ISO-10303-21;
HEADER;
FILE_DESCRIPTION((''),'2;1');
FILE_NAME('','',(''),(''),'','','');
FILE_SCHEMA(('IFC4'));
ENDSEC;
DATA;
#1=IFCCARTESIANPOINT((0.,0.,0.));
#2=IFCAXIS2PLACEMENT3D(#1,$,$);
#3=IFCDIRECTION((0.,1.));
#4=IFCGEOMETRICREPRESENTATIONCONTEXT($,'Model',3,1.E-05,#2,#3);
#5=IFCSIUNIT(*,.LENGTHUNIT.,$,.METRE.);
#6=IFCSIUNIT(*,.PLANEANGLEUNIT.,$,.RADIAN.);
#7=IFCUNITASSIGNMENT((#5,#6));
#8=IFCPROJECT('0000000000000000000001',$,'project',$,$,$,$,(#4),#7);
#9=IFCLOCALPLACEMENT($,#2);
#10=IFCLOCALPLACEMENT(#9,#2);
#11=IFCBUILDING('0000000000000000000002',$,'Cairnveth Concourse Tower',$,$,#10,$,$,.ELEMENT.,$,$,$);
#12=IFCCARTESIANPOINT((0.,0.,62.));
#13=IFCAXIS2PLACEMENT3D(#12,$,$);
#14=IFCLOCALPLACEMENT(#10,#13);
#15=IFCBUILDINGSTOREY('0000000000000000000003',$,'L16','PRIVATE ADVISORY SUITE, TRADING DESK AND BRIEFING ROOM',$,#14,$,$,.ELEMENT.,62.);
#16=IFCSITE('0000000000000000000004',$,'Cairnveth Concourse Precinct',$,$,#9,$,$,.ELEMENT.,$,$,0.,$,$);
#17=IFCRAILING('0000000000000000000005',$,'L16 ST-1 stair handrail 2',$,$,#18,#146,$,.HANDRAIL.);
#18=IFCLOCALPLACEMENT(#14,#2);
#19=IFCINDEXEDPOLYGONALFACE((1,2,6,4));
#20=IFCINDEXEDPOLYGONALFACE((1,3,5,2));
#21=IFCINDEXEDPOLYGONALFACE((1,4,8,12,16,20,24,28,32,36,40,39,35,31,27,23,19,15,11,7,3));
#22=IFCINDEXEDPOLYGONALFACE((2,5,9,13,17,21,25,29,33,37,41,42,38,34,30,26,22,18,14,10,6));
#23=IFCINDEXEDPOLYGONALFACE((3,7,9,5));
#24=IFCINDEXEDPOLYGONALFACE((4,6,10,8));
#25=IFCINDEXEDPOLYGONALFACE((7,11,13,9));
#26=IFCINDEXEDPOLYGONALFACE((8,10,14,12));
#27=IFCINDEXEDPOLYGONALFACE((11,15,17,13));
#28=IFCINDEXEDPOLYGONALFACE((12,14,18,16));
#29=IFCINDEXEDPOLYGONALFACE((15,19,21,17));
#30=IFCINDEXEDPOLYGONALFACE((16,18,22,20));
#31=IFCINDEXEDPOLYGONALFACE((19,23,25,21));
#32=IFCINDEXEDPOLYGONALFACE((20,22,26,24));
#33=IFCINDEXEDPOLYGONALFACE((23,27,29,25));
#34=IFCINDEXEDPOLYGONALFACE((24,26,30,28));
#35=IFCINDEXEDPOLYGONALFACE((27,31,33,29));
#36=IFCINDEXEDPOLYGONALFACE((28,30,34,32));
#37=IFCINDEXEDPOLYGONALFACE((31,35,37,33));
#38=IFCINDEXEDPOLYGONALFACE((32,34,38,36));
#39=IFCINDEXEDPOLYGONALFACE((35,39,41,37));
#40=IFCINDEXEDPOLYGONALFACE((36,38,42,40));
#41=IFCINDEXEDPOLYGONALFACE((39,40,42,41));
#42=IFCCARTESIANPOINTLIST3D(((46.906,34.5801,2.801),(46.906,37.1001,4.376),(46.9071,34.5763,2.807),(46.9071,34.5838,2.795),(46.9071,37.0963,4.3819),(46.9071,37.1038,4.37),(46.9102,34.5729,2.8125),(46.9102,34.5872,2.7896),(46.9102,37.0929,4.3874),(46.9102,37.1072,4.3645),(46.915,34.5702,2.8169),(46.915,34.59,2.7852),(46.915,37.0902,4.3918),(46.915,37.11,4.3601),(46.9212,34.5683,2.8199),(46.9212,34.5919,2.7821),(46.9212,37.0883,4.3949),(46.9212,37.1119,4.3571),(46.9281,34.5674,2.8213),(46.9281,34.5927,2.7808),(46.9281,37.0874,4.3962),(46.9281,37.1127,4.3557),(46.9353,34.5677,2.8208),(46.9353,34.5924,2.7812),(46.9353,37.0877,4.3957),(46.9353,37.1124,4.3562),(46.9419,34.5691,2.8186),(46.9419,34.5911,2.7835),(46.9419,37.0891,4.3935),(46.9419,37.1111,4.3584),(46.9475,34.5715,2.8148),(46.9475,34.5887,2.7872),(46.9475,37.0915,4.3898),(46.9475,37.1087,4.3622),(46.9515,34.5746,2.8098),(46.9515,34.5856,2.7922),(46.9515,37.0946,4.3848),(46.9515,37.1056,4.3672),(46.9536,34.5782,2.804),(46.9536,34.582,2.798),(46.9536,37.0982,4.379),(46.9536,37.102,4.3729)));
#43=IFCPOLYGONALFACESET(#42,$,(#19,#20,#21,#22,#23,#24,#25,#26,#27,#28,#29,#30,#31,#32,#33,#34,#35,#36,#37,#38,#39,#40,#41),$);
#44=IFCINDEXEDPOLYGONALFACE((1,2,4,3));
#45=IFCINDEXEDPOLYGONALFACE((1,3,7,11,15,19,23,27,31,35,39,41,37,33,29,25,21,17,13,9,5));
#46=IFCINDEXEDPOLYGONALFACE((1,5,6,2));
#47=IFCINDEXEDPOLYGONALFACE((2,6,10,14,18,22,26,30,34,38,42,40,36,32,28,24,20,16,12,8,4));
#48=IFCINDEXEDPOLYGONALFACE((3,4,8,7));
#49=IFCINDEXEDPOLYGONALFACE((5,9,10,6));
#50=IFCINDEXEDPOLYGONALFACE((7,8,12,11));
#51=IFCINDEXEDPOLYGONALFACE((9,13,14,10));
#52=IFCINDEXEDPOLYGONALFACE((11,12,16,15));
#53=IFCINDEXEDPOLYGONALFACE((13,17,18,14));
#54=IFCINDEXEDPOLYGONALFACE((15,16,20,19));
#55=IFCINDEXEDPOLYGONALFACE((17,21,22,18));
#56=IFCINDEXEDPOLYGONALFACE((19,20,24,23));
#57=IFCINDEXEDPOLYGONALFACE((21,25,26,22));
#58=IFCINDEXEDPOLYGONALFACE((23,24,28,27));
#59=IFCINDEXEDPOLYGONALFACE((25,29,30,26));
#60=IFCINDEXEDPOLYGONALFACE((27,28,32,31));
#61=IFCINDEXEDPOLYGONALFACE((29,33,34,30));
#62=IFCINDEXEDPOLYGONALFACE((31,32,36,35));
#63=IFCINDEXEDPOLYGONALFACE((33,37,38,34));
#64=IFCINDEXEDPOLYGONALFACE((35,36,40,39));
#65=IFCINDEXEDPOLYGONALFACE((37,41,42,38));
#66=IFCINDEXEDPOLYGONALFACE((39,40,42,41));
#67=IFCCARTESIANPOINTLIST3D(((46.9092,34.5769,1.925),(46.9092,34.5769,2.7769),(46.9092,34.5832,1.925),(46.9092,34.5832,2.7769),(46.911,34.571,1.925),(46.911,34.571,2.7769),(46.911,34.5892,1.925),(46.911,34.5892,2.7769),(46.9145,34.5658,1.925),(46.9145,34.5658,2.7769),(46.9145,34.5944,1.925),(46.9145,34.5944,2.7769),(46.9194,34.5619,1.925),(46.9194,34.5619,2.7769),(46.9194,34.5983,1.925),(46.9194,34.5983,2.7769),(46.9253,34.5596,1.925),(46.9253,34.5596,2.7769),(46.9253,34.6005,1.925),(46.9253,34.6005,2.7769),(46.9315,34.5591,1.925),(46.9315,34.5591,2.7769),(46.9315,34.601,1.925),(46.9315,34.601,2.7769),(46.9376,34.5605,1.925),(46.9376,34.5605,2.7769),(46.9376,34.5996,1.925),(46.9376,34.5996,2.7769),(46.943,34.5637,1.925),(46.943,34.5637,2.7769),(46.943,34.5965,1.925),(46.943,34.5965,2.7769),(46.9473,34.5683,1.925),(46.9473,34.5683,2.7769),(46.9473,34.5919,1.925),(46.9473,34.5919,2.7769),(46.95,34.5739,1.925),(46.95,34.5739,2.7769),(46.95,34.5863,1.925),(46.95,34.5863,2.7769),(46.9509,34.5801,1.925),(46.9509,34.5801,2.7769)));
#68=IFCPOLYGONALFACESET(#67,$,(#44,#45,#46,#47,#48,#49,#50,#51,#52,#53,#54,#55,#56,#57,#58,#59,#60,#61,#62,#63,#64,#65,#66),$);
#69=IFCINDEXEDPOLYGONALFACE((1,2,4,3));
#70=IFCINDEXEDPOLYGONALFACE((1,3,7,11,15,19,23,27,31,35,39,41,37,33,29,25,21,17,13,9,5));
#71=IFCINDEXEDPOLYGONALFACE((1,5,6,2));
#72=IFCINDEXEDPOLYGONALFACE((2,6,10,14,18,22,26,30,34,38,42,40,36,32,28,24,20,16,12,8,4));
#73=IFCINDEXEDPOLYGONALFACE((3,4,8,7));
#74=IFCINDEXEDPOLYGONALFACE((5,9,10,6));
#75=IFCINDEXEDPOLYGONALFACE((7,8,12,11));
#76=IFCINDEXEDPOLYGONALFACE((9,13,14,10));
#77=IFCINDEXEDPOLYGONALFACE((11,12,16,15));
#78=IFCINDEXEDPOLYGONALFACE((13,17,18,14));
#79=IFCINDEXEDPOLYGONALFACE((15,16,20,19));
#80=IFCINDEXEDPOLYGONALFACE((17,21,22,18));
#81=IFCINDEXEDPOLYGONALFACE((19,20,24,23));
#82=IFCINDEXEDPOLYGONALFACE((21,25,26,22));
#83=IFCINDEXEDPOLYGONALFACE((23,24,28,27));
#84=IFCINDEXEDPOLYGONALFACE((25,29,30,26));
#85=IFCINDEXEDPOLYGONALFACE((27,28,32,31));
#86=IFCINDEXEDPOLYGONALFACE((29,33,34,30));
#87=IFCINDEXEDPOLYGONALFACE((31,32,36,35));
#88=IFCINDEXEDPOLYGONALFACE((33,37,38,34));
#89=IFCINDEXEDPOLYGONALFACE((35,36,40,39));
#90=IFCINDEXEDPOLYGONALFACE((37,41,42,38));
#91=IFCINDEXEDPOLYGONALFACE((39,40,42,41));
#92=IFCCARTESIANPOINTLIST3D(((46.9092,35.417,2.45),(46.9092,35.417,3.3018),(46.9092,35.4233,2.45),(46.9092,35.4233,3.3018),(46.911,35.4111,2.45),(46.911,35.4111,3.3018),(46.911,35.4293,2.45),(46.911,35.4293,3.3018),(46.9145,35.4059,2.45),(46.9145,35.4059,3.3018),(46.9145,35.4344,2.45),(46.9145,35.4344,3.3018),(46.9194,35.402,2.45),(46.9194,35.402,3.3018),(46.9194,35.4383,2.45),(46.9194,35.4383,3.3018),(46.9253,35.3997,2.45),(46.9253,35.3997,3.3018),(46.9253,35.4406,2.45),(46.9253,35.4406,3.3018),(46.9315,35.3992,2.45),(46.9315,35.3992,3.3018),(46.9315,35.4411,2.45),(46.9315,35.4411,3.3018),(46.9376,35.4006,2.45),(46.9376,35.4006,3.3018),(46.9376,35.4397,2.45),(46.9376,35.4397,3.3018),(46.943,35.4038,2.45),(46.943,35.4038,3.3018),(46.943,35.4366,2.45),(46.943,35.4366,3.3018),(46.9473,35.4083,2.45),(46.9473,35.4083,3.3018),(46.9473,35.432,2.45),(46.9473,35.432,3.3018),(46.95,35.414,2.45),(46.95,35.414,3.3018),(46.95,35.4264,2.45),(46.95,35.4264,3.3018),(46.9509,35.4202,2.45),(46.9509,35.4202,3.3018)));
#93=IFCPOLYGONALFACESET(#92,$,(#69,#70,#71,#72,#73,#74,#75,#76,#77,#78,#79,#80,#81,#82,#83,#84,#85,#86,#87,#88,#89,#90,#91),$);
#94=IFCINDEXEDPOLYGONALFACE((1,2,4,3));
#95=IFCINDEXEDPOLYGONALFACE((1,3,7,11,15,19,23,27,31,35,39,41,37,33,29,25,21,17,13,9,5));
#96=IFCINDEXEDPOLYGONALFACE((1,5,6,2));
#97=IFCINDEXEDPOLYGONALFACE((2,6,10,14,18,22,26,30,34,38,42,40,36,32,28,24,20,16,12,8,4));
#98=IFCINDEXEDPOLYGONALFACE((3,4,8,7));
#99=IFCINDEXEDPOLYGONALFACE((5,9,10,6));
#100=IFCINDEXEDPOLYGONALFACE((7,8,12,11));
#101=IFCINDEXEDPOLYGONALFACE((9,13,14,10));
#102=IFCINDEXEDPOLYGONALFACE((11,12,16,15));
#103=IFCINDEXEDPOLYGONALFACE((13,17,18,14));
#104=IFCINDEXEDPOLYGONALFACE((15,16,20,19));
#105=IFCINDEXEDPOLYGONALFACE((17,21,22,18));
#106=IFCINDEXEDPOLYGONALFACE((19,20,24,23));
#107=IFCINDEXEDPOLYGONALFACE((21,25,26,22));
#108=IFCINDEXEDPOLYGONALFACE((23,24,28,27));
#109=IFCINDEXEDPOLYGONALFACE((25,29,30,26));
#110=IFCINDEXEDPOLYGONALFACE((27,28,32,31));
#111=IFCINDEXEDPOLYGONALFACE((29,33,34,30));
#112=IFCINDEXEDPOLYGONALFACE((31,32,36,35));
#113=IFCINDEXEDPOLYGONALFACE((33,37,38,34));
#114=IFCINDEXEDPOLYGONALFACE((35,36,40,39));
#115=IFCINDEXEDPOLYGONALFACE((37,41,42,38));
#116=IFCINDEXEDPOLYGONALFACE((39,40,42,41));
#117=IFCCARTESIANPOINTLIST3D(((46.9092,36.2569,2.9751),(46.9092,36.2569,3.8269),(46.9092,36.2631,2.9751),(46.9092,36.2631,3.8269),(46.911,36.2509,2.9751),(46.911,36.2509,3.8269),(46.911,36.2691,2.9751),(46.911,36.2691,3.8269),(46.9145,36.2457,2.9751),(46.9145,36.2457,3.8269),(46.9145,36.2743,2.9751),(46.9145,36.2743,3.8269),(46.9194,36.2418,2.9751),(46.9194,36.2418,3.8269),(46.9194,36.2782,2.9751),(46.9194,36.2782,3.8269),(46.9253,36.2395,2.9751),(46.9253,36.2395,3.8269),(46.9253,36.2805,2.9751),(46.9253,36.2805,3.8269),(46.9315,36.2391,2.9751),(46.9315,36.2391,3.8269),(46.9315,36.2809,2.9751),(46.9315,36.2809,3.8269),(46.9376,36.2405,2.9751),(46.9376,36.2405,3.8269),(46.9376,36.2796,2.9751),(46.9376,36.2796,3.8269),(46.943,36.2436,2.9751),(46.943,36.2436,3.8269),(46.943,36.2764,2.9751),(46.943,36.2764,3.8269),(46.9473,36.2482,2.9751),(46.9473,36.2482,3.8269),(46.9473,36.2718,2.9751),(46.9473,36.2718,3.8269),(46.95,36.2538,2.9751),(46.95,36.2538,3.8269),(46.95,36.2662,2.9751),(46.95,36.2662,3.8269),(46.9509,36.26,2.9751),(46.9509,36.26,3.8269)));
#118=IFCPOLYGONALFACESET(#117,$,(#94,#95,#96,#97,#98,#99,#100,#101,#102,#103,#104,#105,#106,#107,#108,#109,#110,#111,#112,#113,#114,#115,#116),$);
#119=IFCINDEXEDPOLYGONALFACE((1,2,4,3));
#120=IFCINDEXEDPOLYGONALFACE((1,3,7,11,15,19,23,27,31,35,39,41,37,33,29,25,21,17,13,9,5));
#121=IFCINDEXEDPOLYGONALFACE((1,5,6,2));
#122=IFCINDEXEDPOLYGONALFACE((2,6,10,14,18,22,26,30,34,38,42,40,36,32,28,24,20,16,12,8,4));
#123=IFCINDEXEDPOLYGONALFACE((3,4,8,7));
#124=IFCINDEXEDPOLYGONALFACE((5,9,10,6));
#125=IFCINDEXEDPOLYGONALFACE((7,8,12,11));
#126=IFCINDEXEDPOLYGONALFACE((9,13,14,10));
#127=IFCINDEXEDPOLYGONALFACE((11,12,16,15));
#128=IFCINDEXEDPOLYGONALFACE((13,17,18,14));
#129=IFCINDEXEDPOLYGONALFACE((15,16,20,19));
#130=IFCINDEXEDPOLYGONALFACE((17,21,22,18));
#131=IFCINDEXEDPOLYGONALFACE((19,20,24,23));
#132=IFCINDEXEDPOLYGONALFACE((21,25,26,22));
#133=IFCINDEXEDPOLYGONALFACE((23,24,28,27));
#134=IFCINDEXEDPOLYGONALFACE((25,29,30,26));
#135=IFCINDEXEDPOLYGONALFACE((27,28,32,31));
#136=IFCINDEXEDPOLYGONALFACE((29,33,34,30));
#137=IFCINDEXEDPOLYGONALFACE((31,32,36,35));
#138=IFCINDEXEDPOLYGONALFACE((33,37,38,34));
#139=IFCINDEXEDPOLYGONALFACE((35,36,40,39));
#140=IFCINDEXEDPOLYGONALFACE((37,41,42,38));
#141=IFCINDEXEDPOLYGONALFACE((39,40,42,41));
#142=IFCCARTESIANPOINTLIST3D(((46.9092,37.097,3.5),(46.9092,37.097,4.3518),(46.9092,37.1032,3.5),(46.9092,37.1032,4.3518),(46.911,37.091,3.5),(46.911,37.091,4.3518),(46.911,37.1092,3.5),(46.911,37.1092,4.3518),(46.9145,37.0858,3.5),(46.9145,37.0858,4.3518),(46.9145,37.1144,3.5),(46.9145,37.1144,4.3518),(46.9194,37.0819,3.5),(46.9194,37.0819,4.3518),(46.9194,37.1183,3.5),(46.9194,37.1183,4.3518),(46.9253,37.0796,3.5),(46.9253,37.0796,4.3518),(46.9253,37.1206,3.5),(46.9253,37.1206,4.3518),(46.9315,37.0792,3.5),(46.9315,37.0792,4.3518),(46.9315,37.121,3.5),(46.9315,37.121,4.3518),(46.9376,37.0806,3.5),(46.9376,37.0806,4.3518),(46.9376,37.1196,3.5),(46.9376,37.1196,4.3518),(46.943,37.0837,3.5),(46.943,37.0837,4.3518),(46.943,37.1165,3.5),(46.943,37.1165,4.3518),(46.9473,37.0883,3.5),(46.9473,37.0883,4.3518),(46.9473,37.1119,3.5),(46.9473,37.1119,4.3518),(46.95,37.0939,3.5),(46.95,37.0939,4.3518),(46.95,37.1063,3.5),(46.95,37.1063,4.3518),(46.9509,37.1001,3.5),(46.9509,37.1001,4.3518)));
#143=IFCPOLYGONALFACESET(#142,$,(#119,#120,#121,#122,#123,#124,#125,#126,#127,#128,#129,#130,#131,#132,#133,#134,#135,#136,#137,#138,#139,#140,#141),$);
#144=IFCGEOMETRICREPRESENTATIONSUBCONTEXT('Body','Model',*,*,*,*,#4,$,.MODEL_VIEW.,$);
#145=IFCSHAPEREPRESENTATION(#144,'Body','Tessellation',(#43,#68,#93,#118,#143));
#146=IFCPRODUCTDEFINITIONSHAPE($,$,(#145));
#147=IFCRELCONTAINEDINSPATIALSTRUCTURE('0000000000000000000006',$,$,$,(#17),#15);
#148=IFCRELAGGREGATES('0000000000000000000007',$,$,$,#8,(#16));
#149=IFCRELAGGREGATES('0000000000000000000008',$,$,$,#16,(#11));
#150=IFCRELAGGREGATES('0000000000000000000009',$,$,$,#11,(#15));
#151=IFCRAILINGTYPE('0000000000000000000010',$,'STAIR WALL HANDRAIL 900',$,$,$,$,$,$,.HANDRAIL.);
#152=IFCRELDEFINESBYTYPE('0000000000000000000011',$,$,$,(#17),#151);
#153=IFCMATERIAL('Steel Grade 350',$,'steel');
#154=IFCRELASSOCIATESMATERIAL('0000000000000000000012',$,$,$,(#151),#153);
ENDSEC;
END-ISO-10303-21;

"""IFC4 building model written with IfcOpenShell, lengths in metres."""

from ifc_helpers import new_model, si_unit, direction, frame, origin, origin_2d, place, context, subcontext, project, spatial, circle, extrude, material, type_object, element, save


model = new_model("IFC4")

# Units and contexts
model_context = context("Model", 3, precision=1e-05, world=origin(), true_north=direction((0.0, 1.0)))
body_context = subcontext(model_context, "Body", "Model", "MODEL_VIEW")
ifc_project = project(units=[si_unit("LENGTHUNIT", "METRE"), si_unit("PLANEANGLEUNIT", "RADIAN")], contexts=[model_context])

# Site, building, storey
site_placement = place(None, origin())
site = spatial("IfcSite", under=ifc_project, at=site_placement, Name="Cairnveth Concourse Precinct", CompositionType="ELEMENT", RefElevation=0.0)
building_placement = place(site_placement, origin())
building = spatial("IfcBuilding", under=site, at=building_placement, Name="Cairnveth Concourse Tower", CompositionType="ELEMENT")
storey_placement = place(building_placement, frame((0.0, 0.0, 62.0)))
storey = spatial("IfcBuildingStorey", under=building, at=storey_placement, Name="L16", Description="PRIVATE ADVISORY SUITE, TRADING DESK AND BRIEFING ROOM", CompositionType="ELEMENT", Elevation=62.0)

# Railing
ifc_material_1 = material(Name="Steel Grade 350", Category="steel")
railing_type_1 = type_object("IfcRailingType", Name="STAIR WALL HANDRAIL 900", PredefinedType="HANDRAIL", material=ifc_material_1)
railing_1_placement = place(storey_placement, frame((46.9299, 34.5801, 1.925)))
element("IfcRailing", 1, at=railing_1_placement, inside=storey, type_object=railing_type_1, Name="L16 ST-1 stair handrail 2", PredefinedType="HANDRAIL", context=body_context, shape_type="SweptSolid", body=[
    extrude(circle(Radius=0.0239, at=origin_2d()), frame((0.0, 0.0, 0.876), z_axis=(0.0, 0.848008, 0.529984), x_axis=(-1.0, 0.0, 0.0)), (0.0, 0.0, 1.0), 2.9717),
    extrude(circle(Radius=0.021, at=origin_2d()), origin(), (0.0, 0.0, 1.0), 0.8518),
    extrude(circle(Radius=0.021, at=origin_2d()), frame((0.0, 0.8401, 0.5249)), (0.0, 0.0, 1.0), 0.8518),
    extrude(circle(Radius=0.021, at=origin_2d()), frame((0.0, 1.6799, 1.05)), (0.0, 0.0, 1.0), 0.8518),
    extrude(circle(Radius=0.021, at=origin_2d()), frame((0.0, 2.52, 1.575)), (0.0, 0.0, 1.0), 0.8518),
])

save(model, "model.ifc")
